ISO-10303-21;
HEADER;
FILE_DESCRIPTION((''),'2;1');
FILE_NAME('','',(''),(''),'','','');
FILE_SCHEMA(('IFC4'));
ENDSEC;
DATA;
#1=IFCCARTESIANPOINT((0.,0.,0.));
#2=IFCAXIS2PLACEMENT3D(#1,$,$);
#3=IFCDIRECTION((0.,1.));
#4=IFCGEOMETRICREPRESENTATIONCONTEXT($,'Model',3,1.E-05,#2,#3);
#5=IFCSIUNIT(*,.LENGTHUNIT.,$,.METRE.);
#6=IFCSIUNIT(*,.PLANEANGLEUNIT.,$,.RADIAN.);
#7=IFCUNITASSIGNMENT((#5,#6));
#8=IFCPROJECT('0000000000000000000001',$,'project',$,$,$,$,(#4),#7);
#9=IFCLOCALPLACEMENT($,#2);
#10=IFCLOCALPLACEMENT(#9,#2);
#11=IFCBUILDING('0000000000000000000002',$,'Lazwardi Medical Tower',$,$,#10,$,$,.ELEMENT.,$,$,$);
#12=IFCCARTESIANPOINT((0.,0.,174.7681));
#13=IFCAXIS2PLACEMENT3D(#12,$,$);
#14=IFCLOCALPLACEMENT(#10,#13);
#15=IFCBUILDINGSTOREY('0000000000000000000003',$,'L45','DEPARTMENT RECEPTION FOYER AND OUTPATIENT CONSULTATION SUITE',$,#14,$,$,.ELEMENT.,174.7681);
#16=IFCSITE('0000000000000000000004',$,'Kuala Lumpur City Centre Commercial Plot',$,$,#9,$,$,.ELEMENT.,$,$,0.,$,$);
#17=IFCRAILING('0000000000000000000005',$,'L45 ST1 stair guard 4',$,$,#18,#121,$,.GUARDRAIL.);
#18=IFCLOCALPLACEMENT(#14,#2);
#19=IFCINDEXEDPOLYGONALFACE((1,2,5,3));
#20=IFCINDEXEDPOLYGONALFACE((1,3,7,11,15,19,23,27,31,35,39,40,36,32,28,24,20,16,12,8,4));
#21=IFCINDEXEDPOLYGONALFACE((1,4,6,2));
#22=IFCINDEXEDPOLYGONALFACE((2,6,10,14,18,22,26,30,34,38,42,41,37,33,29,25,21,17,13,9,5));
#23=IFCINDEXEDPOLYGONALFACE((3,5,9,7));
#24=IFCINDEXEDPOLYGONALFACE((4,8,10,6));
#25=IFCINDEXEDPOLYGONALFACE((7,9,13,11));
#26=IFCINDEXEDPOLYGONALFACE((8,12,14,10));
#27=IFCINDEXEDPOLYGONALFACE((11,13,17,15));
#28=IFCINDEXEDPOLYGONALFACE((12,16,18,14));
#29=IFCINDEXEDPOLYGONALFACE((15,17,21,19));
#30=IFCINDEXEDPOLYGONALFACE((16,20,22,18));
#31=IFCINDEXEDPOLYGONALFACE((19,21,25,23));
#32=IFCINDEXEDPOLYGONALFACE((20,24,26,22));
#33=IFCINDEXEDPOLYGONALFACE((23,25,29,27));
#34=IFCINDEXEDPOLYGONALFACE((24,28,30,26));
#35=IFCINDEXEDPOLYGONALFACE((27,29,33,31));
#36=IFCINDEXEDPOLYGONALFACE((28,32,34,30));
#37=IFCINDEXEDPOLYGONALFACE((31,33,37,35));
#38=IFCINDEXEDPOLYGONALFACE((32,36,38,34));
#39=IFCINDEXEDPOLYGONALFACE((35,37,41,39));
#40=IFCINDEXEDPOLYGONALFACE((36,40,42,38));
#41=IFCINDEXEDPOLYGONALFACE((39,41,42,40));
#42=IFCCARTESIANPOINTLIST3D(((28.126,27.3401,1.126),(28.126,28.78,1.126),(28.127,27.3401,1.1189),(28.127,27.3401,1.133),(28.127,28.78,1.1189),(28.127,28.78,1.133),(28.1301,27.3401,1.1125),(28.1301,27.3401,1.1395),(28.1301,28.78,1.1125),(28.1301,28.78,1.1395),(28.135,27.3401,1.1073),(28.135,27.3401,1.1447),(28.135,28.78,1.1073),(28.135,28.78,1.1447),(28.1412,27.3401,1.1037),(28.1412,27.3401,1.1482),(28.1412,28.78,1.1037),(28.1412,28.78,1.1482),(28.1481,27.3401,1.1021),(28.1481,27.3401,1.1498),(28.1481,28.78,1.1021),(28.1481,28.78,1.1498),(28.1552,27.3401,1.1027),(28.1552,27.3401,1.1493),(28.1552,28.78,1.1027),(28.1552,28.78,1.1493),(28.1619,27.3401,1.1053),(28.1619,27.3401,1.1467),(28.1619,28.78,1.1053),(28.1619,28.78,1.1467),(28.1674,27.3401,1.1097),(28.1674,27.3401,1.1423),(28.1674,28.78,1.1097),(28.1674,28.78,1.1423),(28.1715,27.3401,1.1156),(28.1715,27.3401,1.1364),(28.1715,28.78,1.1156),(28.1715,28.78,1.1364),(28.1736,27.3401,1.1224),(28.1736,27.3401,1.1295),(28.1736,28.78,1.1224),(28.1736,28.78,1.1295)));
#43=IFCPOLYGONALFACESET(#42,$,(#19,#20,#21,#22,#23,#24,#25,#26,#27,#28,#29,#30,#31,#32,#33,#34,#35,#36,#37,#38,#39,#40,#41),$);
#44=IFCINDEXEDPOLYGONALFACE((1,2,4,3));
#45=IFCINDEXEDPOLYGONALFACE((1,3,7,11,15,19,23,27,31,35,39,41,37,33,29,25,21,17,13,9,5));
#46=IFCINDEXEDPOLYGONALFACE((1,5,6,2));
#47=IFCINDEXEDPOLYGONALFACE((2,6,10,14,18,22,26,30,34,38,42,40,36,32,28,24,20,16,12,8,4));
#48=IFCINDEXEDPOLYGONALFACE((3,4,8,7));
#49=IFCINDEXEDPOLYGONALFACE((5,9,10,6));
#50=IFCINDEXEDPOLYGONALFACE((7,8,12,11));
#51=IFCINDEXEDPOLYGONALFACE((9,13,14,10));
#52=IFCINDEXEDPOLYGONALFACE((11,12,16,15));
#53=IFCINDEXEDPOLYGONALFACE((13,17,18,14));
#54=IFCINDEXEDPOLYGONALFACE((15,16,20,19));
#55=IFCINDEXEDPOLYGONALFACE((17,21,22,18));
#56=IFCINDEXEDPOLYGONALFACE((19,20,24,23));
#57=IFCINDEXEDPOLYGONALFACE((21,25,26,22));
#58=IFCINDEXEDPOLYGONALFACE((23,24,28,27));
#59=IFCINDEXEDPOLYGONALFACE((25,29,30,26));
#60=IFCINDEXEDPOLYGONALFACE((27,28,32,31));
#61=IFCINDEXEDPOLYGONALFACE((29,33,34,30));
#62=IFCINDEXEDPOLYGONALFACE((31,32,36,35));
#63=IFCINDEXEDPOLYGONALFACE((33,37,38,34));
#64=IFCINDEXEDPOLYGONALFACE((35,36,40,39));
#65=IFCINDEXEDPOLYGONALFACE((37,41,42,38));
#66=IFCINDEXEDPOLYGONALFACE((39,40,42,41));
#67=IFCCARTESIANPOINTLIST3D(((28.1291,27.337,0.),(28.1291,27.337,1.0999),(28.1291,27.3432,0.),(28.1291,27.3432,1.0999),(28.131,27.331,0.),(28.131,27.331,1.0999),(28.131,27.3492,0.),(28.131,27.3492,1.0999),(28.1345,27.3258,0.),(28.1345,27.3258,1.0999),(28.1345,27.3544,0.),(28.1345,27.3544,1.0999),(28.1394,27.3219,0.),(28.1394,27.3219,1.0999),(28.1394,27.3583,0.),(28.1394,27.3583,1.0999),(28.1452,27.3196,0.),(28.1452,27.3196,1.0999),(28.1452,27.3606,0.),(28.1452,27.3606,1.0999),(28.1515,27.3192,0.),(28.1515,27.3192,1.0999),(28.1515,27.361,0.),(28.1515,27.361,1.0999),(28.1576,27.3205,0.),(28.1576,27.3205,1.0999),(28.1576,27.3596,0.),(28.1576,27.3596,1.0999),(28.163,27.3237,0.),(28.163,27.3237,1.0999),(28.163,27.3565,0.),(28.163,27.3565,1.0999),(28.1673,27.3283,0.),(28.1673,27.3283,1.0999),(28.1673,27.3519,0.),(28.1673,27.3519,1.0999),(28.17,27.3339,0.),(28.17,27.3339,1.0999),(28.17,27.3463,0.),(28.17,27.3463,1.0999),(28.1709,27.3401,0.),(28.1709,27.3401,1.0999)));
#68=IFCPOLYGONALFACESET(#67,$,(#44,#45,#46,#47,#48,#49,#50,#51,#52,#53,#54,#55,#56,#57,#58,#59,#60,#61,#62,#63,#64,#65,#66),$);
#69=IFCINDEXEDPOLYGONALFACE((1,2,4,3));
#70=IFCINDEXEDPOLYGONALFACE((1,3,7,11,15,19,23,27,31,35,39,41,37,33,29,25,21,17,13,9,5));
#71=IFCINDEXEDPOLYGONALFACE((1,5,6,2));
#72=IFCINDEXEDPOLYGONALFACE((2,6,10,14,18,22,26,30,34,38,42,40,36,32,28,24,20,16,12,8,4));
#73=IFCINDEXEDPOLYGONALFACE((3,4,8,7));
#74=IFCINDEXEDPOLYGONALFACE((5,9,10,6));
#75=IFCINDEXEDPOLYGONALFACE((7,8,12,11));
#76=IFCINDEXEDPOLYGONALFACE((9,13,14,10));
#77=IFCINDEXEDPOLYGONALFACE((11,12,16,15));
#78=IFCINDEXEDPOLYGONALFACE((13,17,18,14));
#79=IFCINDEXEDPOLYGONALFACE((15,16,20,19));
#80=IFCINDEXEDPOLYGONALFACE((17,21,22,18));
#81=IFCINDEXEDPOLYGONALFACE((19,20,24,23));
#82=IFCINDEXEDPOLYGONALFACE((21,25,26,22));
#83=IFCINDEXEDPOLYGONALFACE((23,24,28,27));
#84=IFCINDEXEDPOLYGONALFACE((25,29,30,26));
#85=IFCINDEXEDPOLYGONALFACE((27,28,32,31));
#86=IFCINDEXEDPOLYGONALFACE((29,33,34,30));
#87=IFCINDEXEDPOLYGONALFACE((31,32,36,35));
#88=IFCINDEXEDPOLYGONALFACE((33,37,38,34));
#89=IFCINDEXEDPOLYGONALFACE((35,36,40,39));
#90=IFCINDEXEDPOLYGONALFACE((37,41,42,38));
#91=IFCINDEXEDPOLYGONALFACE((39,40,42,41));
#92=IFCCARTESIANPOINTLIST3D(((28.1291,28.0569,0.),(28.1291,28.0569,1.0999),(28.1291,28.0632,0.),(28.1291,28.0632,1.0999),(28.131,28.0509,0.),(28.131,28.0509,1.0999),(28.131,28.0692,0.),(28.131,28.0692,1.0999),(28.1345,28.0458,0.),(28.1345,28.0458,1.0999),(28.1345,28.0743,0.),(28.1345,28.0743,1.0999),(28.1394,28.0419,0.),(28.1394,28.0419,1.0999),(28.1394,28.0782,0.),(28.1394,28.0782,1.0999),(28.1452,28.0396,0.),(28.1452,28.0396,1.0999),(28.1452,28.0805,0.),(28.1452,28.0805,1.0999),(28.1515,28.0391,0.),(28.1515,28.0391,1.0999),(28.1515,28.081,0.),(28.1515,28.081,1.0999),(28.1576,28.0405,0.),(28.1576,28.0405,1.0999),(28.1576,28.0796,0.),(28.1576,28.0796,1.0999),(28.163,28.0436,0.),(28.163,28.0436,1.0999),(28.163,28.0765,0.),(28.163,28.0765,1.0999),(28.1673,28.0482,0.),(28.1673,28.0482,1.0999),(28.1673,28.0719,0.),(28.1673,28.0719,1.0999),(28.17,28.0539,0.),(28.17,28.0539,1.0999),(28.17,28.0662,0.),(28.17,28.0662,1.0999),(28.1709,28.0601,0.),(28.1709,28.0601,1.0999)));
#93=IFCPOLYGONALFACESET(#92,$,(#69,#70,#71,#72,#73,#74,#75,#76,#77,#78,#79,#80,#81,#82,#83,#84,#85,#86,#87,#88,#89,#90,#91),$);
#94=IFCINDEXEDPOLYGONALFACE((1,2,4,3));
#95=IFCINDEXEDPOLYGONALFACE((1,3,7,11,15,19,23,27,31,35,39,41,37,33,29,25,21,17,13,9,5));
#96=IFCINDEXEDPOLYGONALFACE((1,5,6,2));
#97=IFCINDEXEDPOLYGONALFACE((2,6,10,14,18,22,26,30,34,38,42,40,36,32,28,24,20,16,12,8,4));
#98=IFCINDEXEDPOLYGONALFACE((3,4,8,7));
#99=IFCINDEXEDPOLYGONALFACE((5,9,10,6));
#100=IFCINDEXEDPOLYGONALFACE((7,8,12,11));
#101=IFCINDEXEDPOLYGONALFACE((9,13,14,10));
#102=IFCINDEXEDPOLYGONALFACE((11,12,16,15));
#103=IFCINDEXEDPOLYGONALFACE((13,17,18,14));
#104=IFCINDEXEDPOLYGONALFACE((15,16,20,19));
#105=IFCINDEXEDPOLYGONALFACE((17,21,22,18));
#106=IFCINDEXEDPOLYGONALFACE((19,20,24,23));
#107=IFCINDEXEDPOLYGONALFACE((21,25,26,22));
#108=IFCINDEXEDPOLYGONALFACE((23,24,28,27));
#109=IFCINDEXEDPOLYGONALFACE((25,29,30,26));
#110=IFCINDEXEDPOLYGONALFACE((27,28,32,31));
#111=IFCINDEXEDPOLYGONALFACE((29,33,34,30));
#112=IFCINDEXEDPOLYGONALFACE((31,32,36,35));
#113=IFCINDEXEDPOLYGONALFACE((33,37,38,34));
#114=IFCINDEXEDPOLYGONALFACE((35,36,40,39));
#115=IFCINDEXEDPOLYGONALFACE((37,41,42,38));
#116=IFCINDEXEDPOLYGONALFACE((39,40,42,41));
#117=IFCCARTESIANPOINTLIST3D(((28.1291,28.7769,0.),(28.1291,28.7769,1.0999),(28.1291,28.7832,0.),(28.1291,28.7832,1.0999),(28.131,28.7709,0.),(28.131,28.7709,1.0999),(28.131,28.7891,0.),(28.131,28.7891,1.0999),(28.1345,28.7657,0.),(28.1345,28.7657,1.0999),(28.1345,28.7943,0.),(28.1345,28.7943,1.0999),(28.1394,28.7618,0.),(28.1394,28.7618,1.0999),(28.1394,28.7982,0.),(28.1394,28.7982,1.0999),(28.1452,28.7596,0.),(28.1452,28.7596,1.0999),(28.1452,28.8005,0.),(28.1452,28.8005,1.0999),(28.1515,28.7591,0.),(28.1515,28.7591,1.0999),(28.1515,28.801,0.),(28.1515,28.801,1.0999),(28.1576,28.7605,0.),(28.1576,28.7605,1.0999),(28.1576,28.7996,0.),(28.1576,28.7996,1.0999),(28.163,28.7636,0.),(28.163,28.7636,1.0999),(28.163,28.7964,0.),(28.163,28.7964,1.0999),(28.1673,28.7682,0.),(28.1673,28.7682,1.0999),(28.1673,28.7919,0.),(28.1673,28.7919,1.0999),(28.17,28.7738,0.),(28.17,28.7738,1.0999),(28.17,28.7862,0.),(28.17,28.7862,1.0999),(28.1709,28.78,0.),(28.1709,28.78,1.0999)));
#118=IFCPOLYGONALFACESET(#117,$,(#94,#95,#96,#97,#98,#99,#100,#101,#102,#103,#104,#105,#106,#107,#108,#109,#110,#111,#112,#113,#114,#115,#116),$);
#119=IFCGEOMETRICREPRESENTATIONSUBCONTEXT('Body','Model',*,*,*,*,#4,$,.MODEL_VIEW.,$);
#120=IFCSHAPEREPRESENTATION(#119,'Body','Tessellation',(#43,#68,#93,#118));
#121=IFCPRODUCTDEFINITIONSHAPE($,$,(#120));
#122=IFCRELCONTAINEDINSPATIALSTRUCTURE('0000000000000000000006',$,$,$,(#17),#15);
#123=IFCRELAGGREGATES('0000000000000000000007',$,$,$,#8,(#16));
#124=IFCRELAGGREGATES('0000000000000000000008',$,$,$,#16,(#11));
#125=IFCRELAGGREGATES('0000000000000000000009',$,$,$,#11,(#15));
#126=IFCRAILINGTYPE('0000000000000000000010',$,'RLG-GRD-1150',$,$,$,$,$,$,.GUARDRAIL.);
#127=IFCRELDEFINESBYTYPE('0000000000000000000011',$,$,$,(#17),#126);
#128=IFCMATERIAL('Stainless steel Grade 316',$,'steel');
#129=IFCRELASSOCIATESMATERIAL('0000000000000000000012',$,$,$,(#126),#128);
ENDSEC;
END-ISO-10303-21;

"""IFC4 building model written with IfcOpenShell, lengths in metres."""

from ifc_helpers import new_model, si_unit, direction, frame, origin, origin_2d, place, context, subcontext, project, spatial, circle, extrude, material, type_object, element, save


model = new_model("IFC4")

# Units and contexts
model_context = context("Model", 3, precision=1e-05, world=origin(), true_north=direction((0.0, 1.0)))
body_context = subcontext(model_context, "Body", "Model", "MODEL_VIEW")
ifc_project = project(units=[si_unit("LENGTHUNIT", "METRE"), si_unit("PLANEANGLEUNIT", "RADIAN")], contexts=[model_context])

# Site, building, storey
site_placement = place(None, origin())
site = spatial("IfcSite", under=ifc_project, at=site_placement, Name="Kuala Lumpur City Centre Commercial Plot", CompositionType="ELEMENT", RefElevation=0.0)
building_placement = place(site_placement, origin())
building = spatial("IfcBuilding", under=site, at=building_placement, Name="Lazwardi Medical Tower", CompositionType="ELEMENT")
storey_placement = place(building_placement, frame((0.0, 0.0, 174.7681)))
storey = spatial("IfcBuildingStorey", under=building, at=storey_placement, Name="L45", Description="DEPARTMENT RECEPTION FOYER AND OUTPATIENT CONSULTATION SUITE", CompositionType="ELEMENT", Elevation=174.7681)

# Railing
ifc_material_1 = material(Name="Stainless steel Grade 316", Category="steel")
railing_type_1 = type_object("IfcRailingType", Name="RLG-GRD-1150", PredefinedType="GUARDRAIL", material=ifc_material_1)
railing_1_placement = place(storey_placement, frame((28.1499, 27.3401, 0.0)))
element("IfcRailing", 1, at=railing_1_placement, inside=storey, type_object=railing_type_1, Name="L45 ST1 stair guard 4", PredefinedType="GUARDRAIL", context=body_context, shape_type="SweptSolid", body=[
    extrude(circle(Radius=0.0239, at=origin_2d()), frame((0.0, 0.0, 1.126), z_axis=(0.0, 1.0, 0.0), x_axis=(-1.0, 0.0, 0.0)), (0.0, 0.0, 1.0), 1.4399),
    extrude(circle(Radius=0.021, at=origin_2d()), origin(), (0.0, 0.0, 1.0), 1.0999),
    extrude(circle(Radius=0.021, at=origin_2d()), frame((0.0, 0.72, 0.0)), (0.0, 0.0, 1.0), 1.0999),
    extrude(circle(Radius=0.021, at=origin_2d()), frame((0.0, 1.4399, 0.0)), (0.0, 0.0, 1.0), 1.0999),
])

save(model, "model.ifc")
